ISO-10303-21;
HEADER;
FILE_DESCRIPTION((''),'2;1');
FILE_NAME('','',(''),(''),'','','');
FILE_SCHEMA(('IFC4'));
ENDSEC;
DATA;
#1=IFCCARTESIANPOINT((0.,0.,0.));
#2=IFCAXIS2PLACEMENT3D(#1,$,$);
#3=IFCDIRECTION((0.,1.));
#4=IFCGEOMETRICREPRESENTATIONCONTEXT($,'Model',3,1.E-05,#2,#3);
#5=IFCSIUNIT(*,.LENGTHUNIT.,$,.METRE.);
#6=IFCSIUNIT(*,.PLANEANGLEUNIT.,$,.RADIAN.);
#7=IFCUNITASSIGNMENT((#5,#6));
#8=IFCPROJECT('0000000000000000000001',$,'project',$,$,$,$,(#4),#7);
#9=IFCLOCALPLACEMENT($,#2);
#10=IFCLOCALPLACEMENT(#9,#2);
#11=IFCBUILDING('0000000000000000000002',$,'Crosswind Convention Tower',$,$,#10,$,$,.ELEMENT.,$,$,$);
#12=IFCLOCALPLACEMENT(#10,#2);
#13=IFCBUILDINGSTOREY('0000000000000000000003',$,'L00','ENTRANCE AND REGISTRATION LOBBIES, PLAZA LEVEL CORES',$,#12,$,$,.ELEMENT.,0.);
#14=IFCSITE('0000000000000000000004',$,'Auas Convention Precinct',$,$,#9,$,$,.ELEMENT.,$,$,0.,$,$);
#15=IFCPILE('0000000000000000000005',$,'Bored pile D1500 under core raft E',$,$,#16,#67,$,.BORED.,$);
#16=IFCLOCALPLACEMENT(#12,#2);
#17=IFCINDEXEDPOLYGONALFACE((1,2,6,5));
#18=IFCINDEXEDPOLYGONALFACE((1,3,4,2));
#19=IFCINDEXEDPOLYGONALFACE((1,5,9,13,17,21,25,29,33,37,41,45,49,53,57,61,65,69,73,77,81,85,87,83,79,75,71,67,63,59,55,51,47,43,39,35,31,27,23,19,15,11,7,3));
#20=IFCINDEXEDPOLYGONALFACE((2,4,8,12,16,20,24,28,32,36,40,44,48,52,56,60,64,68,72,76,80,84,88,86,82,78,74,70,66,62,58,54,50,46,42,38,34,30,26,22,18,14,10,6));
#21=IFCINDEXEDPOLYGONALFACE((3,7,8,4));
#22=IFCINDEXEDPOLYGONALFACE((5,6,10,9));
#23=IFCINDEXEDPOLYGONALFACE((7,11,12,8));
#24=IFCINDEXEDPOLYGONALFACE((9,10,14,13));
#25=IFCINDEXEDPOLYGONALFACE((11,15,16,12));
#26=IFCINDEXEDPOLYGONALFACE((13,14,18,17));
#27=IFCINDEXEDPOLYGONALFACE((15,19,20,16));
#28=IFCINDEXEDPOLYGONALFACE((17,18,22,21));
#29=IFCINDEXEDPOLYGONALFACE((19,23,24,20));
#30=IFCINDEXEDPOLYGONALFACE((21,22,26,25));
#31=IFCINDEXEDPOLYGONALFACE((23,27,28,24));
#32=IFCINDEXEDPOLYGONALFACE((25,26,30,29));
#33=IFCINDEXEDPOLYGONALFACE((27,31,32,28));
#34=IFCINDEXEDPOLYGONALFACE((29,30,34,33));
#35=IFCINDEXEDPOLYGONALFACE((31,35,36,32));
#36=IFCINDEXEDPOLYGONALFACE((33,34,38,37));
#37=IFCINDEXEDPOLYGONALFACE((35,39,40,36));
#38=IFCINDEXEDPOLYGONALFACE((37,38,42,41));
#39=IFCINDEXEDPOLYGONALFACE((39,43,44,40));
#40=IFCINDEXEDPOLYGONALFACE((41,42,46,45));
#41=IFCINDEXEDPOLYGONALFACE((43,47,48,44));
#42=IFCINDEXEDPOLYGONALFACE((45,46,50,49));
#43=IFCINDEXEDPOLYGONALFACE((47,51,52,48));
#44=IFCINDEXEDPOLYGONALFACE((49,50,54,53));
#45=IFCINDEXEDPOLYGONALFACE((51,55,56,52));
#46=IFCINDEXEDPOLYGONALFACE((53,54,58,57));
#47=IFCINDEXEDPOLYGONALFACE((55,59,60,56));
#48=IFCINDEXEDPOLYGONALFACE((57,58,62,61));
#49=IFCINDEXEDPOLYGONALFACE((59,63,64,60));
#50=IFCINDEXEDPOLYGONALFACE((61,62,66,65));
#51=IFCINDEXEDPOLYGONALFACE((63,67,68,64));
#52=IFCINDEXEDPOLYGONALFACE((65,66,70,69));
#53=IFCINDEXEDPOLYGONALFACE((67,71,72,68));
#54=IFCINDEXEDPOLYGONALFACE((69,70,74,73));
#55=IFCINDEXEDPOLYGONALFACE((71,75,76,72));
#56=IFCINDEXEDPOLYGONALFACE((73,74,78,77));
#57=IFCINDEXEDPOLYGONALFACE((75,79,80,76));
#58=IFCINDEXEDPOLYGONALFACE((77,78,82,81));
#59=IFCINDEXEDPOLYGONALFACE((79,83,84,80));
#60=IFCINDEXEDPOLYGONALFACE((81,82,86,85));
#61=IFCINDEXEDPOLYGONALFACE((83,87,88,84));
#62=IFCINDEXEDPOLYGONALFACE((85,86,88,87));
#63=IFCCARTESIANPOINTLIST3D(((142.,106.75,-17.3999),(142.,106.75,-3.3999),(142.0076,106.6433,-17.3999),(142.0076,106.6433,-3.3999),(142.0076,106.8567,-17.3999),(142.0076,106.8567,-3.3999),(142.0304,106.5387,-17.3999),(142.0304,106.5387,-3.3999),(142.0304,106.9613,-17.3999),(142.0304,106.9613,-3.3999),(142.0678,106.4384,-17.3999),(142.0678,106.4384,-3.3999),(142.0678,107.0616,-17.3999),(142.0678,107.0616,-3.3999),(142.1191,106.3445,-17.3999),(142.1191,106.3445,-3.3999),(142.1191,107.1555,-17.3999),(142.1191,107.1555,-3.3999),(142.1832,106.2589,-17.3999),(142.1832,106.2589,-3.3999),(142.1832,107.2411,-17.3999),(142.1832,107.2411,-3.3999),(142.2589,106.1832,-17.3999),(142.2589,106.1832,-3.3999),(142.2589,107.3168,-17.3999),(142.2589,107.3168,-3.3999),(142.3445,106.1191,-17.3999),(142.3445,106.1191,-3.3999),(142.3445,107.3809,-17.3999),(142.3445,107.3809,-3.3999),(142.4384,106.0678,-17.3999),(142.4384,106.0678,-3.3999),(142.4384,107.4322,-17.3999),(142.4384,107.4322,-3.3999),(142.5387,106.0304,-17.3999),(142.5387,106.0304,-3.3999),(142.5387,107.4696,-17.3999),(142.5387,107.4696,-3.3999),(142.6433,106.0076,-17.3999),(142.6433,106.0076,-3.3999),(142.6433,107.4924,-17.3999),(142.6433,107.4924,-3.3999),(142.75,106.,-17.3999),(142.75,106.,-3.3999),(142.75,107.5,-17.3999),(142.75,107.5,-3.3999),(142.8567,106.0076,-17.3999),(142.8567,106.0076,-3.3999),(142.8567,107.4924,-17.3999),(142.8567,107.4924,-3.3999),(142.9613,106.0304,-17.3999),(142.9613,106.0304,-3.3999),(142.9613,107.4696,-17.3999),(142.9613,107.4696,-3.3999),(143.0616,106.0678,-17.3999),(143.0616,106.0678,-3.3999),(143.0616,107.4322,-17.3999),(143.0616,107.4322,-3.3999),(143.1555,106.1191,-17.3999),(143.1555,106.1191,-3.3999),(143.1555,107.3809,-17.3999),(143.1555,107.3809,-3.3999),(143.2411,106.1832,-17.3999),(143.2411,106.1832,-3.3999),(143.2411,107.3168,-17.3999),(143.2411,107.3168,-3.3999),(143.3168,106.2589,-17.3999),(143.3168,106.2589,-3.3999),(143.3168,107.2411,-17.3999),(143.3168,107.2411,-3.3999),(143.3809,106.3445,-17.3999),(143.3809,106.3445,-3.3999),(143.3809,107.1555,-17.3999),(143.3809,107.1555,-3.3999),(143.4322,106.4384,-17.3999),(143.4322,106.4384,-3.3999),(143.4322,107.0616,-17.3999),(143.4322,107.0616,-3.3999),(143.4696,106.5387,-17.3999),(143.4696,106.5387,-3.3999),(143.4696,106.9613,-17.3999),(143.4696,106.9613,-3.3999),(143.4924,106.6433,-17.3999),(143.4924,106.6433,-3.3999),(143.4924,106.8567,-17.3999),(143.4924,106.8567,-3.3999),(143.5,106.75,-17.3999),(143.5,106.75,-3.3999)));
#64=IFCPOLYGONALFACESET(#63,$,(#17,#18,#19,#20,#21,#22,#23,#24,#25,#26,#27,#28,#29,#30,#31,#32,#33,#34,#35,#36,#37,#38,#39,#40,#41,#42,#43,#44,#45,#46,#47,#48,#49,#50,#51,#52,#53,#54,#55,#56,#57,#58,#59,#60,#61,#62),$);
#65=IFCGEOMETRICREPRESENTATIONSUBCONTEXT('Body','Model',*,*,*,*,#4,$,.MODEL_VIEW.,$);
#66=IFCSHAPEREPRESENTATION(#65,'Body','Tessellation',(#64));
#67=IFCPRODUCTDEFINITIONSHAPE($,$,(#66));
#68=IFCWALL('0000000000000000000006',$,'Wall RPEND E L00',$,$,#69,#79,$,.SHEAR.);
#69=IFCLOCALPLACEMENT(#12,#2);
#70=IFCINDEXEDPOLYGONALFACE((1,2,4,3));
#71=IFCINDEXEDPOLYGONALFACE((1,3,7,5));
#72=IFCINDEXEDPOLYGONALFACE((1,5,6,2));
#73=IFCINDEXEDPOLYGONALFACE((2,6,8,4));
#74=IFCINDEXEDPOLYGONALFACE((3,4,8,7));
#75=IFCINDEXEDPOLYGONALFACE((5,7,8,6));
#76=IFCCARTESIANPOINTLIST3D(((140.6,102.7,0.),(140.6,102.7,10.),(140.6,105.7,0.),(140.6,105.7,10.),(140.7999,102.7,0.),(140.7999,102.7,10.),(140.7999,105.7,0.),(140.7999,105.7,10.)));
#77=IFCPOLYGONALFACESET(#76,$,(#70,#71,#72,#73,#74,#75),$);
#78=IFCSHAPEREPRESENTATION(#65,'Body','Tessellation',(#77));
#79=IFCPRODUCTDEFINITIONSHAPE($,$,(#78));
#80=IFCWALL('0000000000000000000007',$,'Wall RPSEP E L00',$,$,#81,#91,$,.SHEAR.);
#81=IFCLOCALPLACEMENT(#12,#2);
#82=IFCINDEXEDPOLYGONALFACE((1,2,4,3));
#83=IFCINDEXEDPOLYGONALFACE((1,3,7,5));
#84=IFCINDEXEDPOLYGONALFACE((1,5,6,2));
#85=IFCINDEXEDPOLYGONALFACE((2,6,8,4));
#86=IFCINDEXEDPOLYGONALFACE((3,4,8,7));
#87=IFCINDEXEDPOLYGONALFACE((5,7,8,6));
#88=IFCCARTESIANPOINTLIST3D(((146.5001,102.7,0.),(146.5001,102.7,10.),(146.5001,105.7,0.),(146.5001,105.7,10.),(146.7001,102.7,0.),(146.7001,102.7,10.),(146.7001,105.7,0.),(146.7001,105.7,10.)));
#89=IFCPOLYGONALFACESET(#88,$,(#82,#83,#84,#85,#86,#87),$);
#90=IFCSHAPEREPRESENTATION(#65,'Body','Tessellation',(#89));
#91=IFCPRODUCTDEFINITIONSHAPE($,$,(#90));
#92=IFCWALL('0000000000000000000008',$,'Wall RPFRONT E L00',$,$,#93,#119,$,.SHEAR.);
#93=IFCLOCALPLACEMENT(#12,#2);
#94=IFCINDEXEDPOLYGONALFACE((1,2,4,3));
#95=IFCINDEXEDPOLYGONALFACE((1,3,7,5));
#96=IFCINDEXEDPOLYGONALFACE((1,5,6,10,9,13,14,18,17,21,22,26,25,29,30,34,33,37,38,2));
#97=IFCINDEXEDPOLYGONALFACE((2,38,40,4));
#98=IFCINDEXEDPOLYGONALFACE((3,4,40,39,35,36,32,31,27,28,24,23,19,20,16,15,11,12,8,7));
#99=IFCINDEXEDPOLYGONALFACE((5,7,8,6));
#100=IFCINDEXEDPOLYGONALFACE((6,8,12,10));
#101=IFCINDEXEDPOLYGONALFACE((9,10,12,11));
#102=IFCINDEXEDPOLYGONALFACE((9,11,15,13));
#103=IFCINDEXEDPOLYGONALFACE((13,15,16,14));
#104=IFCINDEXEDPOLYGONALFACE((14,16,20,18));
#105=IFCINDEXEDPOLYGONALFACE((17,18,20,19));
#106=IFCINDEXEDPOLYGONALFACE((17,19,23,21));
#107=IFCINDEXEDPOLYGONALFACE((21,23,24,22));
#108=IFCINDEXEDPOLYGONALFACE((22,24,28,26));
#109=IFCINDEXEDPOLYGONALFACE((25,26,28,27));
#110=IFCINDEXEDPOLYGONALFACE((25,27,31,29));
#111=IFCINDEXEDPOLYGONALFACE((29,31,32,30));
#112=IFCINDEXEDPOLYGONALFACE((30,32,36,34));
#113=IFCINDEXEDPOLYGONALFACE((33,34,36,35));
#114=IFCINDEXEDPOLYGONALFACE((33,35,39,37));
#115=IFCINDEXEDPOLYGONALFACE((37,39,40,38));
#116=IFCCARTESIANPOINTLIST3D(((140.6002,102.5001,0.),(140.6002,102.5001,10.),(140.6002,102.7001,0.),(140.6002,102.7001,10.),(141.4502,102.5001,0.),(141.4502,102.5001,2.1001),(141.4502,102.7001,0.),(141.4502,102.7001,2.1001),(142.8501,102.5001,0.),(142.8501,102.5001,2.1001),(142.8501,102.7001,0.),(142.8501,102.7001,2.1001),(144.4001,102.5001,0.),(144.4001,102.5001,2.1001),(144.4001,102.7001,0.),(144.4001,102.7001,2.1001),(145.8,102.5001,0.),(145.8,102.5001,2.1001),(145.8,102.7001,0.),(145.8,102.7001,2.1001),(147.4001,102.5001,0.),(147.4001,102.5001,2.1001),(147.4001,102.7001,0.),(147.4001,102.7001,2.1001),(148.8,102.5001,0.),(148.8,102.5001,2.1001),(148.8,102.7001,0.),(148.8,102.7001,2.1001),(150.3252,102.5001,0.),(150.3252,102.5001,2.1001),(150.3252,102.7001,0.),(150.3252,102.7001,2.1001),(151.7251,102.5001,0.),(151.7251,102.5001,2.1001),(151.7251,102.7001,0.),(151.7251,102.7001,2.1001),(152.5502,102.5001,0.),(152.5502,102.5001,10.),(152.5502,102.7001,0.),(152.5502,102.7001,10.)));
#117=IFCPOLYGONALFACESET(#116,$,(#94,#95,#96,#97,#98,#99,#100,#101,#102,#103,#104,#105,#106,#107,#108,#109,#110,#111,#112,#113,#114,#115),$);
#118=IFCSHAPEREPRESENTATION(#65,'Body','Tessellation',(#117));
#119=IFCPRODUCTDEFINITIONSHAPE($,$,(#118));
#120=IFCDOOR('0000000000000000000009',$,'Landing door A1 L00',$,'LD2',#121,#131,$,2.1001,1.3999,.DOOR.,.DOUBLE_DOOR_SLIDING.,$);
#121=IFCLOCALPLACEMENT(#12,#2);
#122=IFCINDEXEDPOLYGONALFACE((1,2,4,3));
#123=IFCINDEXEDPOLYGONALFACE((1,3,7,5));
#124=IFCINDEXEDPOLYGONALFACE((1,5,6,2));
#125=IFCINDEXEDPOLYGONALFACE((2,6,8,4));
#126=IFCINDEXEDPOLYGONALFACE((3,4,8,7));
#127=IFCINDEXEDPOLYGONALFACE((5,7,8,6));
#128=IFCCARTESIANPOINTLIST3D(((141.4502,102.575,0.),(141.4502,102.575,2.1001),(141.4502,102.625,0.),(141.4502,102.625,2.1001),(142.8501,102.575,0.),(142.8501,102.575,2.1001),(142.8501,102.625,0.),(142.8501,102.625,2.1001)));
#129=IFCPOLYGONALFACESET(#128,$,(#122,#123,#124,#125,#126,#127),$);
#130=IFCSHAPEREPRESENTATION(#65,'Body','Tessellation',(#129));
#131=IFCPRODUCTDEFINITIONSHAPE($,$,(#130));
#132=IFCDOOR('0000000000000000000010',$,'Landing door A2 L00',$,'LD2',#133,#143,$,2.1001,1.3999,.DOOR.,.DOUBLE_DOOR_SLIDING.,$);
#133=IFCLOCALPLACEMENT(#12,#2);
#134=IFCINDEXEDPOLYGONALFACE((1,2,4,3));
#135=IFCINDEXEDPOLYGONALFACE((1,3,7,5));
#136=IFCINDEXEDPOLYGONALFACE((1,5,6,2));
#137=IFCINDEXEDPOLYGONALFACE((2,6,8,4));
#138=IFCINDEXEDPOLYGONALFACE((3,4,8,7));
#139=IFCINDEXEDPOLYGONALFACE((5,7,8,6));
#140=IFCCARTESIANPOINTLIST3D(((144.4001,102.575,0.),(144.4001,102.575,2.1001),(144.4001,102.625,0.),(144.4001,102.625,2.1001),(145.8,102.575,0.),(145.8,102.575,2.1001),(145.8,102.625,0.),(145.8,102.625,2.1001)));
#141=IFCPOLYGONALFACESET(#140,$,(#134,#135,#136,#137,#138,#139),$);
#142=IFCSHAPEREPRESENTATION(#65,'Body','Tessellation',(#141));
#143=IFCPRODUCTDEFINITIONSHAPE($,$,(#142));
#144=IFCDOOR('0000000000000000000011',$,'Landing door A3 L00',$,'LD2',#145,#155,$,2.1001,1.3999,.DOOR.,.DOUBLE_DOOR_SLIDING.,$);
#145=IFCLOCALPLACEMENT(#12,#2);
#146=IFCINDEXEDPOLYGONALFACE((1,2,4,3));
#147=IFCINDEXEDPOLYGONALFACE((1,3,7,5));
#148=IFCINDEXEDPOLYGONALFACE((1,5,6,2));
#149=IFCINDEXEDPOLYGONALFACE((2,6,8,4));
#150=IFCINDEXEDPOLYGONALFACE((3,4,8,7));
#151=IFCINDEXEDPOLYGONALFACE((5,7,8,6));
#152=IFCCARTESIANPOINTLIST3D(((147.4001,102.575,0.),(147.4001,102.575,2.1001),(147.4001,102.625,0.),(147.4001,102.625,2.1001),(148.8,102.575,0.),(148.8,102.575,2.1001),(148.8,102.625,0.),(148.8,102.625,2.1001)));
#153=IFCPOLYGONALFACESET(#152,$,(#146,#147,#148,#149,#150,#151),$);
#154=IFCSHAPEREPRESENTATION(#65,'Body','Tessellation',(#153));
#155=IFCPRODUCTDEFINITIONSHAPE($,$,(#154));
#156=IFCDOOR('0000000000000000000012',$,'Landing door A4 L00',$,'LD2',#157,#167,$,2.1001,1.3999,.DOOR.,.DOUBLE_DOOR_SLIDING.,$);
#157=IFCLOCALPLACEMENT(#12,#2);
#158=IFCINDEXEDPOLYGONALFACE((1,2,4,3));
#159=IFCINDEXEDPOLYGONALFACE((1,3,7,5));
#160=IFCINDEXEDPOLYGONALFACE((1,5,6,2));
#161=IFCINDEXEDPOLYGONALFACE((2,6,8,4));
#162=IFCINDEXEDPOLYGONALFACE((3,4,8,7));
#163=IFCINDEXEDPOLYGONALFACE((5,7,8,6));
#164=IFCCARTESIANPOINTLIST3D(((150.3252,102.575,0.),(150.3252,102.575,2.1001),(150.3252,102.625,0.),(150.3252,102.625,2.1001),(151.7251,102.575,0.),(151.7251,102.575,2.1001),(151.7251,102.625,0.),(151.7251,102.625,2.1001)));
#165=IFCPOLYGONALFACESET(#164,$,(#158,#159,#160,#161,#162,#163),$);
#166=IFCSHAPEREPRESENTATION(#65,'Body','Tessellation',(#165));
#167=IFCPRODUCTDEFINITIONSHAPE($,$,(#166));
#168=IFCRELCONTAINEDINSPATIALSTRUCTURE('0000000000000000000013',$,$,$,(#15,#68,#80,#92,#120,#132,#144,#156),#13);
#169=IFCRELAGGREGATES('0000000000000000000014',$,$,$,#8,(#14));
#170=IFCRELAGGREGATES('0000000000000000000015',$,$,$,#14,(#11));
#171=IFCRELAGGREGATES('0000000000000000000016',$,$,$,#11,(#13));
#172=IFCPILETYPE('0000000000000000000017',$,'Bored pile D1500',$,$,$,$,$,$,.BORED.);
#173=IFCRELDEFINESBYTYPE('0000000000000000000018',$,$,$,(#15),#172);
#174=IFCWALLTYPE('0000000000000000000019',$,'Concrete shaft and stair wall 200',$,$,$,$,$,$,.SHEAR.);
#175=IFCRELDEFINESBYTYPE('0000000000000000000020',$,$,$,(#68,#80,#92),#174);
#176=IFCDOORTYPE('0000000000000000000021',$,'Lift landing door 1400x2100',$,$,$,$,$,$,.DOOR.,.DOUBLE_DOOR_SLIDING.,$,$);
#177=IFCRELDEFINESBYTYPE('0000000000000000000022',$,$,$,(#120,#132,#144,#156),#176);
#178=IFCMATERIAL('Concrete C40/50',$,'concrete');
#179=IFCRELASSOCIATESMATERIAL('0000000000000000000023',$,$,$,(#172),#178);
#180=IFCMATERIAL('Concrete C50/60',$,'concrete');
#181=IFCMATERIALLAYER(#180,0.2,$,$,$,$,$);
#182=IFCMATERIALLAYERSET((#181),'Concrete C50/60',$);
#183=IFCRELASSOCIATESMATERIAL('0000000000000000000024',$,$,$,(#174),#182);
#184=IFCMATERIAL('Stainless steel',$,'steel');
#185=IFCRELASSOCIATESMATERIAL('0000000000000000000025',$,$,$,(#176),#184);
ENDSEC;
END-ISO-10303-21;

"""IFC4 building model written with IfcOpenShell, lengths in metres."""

from ifc_helpers import new_model, si_unit, direction, frame, frame_2d, origin, origin_2d, place, context, subcontext, project, spatial, rectangle, circle, extrude, material, layer, layer_set, material_profile, profile_set, type_object, element, fill, save


model = new_model("IFC4")

# Units and contexts
model_context = context("Model", 3, precision=1e-05, world=origin(), true_north=direction((0.0, 1.0)))
body_context = subcontext(model_context, "Body", "Model", "MODEL_VIEW")
ifc_project = project(units=[si_unit("LENGTHUNIT", "METRE"), si_unit("PLANEANGLEUNIT", "RADIAN")], contexts=[model_context])

# Site, building, storey
site_placement = place(None, origin())
site = spatial("IfcSite", under=ifc_project, at=site_placement, Name="Auas Convention Precinct", CompositionType="ELEMENT", RefElevation=0.0)
building_placement = place(site_placement, origin())
building = spatial("IfcBuilding", under=site, at=building_placement, Name="Crosswind Convention Tower", CompositionType="ELEMENT")
storey_placement = place(building_placement, origin())
storey = spatial("IfcBuildingStorey", under=building, at=storey_placement, Name="L00", Description="ENTRANCE AND REGISTRATION LOBBIES, PLAZA LEVEL CORES", CompositionType="ELEMENT", Elevation=0.0)

# Pile
ifc_material_1 = material(Name="Concrete C40/50", Category="concrete")
ifc_material_profile = material_profile(ifc_material_1, circle(Radius=0.75, at=origin_2d()), Name="Bored pile D1500")
ifc_profile_set = profile_set([ifc_material_profile], Name="Concrete C40/50")
pile_type = type_object("IfcPileType", Name="Bored pile D1500", PredefinedType="BORED", material=ifc_profile_set)
for number, where, z_axis, x_axis, name in (
    (1, (142.75, 106.75, -3.3999), (0.0, 0.0, -1.0), (1.0, 0.0, 0.0), "Bored pile D1500 under core raft E"),
):
    element("IfcPile", number, at=place(storey_placement, frame(where, z_axis=z_axis, x_axis=x_axis)), inside=storey, type_object=pile_type, Name=name, PredefinedType="BORED", context=body_context, shape_type="SweptSolid", body=[
        extrude(circle(Radius=0.75, at=origin_2d()), origin(), (0.0, 0.0, 1.0), 14.0),
    ])

# Walls
ifc_material_2 = material(Name="Concrete C50/60", Category="concrete")
ifc_layer = layer(ifc_material_2, 0.2)
ifc_layer_set = layer_set([ifc_layer], Name="Concrete C50/60")
wall_type = type_object("IfcWallType", Name="Concrete shaft and stair wall 200", PredefinedType="SHEAR", material=ifc_layer_set)
for number, where, z_axis, x_axis, name in (
    (2, (140.7, 102.7, 0.0), (0.0, 0.0, 1.0), (0.0, 1.0, 0.0), "Wall RPEND E L00"),
    (3, (146.6001, 102.7, 0.0), (0.0, 0.0, 1.0), (0.0, 1.0, 0.0), "Wall RPSEP E L00"),
):
    element("IfcWall", number, at=place(storey_placement, frame(where, z_axis=z_axis, x_axis=x_axis)), inside=storey, type_object=wall_type, Name=name, PredefinedType="SHEAR", context=body_context, shape_type="SweptSolid", body=[
        extrude(rectangle(XDim=3.0, YDim=0.2, at=frame_2d((1.5, 0.0))), origin(), (0.0, 0.0, 1.0), 10.0),
    ])

# Wall, openings, doors
wall_1_placement = place(storey_placement, frame((140.6001, 102.6001, 0.0), z_axis=(0.0, 0.0, 1.0), x_axis=(1.0, 0.0, 0.0)))
wall_1 = element("IfcWall", 4, at=wall_1_placement, inside=storey, type_object=wall_type, Name="Wall RPFRONT E L00", PredefinedType="SHEAR", context=body_context, shape_type="SweptSolid", body=[
    extrude(rectangle(XDim=11.95, YDim=0.2, at=frame_2d((5.9751, 0.0))), origin(), (0.0, 0.0, 1.0), 10.0),
])
opening_1_placement = place(wall_1_placement, frame((0.8501, 0.0, 0.0)))
opening_1 = element("IfcOpeningElement", 5, at=opening_1_placement, cuts=wall_1, PredefinedType="OPENING", context=body_context, shape_type="SweptSolid", body=[
    extrude(rectangle(XDim=1.3999, YDim=2.1001, at=frame_2d((0.7, 1.05))), frame((0.0, 0.1099, 0.0), z_axis=(0.0, -1.0, 0.0), x_axis=(1.0, 0.0, 0.0)), (0.0, 0.0, 1.0), 0.22),
])
opening_2_placement = place(wall_1_placement, frame((3.8, 0.0, 0.0)))
opening_2 = element("IfcOpeningElement", 6, at=opening_2_placement, cuts=wall_1, PredefinedType="OPENING", context=body_context, shape_type="SweptSolid", body=[
    extrude(rectangle(XDim=1.3999, YDim=2.1001, at=frame_2d((0.7, 1.05))), frame((0.0, 0.1099, 0.0), z_axis=(0.0, -1.0, 0.0), x_axis=(1.0, 0.0, 0.0)), (0.0, 0.0, 1.0), 0.22),
])
opening_3_placement = place(wall_1_placement, frame((6.8, 0.0, 0.0)))
opening_3 = element("IfcOpeningElement", 7, at=opening_3_placement, cuts=wall_1, PredefinedType="OPENING", context=body_context, shape_type="SweptSolid", body=[
    extrude(rectangle(XDim=1.3999, YDim=2.1001, at=frame_2d((0.7, 1.05))), frame((0.0, 0.1099, 0.0), z_axis=(0.0, -1.0, 0.0), x_axis=(1.0, 0.0, 0.0)), (0.0, 0.0, 1.0), 0.22),
])
opening_4_placement = place(wall_1_placement, frame((9.7251, 0.0, 0.0)))
opening_4 = element("IfcOpeningElement", 8, at=opening_4_placement, cuts=wall_1, PredefinedType="OPENING", context=body_context, shape_type="SweptSolid", body=[
    extrude(rectangle(XDim=1.3999, YDim=2.1001, at=frame_2d((0.7, 1.05))), frame((0.0, 0.1099, 0.0), z_axis=(0.0, -1.0, 0.0), x_axis=(1.0, 0.0, 0.0)), (0.0, 0.0, 1.0), 0.22),
])
ifc_material_3 = material(Name="Stainless steel", Category="steel")
door_type_1 = type_object("IfcDoorType", Name="Lift landing door 1400x2100", OperationType="DOUBLE_DOOR_SLIDING", PredefinedType="DOOR", material=ifc_material_3)
door_1_placement = place(opening_1_placement, origin())
door_1 = element("IfcDoor", 9, at=door_1_placement, inside=storey, type_object=door_type_1, Name="Landing door A1 L00", ObjectType="LD2", OperationType="DOUBLE_DOOR_SLIDING", OverallHeight=2.1001, OverallWidth=1.3999, PredefinedType="DOOR", context=body_context, shape_type="SweptSolid", body=[
    extrude(rectangle(XDim=1.3999, YDim=2.1001, at=frame_2d((0.7, 1.05))), frame((0.0, 0.0249, 0.0), z_axis=(0.0, -1.0, 0.0), x_axis=(1.0, 0.0, 0.0)), (0.0, 0.0, 1.0), 0.05),
])
fill(opening_1, door_1)
door_2_placement = place(opening_2_placement, origin())
door_2 = element("IfcDoor", 10, at=door_2_placement, inside=storey, type_object=door_type_1, Name="Landing door A2 L00", ObjectType="LD2", OperationType="DOUBLE_DOOR_SLIDING", OverallHeight=2.1001, OverallWidth=1.3999, PredefinedType="DOOR", context=body_context, shape_type="SweptSolid", body=[
    extrude(rectangle(XDim=1.3999, YDim=2.1001, at=frame_2d((0.7, 1.05))), frame((0.0, 0.0249, 0.0), z_axis=(0.0, -1.0, 0.0), x_axis=(1.0, 0.0, 0.0)), (0.0, 0.0, 1.0), 0.05),
])
fill(opening_2, door_2)
door_3_placement = place(opening_3_placement, origin())
door_3 = element("IfcDoor", 11, at=door_3_placement, inside=storey, type_object=door_type_1, Name="Landing door A3 L00", ObjectType="LD2", OperationType="DOUBLE_DOOR_SLIDING", OverallHeight=2.1001, OverallWidth=1.3999, PredefinedType="DOOR", context=body_context, shape_type="SweptSolid", body=[
    extrude(rectangle(XDim=1.3999, YDim=2.1001, at=frame_2d((0.7, 1.05))), frame((0.0, 0.0249, 0.0), z_axis=(0.0, -1.0, 0.0), x_axis=(1.0, 0.0, 0.0)), (0.0, 0.0, 1.0), 0.05),
])
fill(opening_3, door_3)
door_4_placement = place(opening_4_placement, origin())
door_4 = element("IfcDoor", 12, at=door_4_placement, inside=storey, type_object=door_type_1, Name="Landing door A4 L00", ObjectType="LD2", OperationType="DOUBLE_DOOR_SLIDING", OverallHeight=2.1001, OverallWidth=1.3999, PredefinedType="DOOR", context=body_context, shape_type="SweptSolid", body=[
    extrude(rectangle(XDim=1.3999, YDim=2.1001, at=frame_2d((0.7, 1.05))), frame((0.0, 0.0249, 0.0), z_axis=(0.0, -1.0, 0.0), x_axis=(1.0, 0.0, 0.0)), (0.0, 0.0, 1.0), 0.05),
])
fill(opening_4, door_4)

save(model, "model.ifc")
